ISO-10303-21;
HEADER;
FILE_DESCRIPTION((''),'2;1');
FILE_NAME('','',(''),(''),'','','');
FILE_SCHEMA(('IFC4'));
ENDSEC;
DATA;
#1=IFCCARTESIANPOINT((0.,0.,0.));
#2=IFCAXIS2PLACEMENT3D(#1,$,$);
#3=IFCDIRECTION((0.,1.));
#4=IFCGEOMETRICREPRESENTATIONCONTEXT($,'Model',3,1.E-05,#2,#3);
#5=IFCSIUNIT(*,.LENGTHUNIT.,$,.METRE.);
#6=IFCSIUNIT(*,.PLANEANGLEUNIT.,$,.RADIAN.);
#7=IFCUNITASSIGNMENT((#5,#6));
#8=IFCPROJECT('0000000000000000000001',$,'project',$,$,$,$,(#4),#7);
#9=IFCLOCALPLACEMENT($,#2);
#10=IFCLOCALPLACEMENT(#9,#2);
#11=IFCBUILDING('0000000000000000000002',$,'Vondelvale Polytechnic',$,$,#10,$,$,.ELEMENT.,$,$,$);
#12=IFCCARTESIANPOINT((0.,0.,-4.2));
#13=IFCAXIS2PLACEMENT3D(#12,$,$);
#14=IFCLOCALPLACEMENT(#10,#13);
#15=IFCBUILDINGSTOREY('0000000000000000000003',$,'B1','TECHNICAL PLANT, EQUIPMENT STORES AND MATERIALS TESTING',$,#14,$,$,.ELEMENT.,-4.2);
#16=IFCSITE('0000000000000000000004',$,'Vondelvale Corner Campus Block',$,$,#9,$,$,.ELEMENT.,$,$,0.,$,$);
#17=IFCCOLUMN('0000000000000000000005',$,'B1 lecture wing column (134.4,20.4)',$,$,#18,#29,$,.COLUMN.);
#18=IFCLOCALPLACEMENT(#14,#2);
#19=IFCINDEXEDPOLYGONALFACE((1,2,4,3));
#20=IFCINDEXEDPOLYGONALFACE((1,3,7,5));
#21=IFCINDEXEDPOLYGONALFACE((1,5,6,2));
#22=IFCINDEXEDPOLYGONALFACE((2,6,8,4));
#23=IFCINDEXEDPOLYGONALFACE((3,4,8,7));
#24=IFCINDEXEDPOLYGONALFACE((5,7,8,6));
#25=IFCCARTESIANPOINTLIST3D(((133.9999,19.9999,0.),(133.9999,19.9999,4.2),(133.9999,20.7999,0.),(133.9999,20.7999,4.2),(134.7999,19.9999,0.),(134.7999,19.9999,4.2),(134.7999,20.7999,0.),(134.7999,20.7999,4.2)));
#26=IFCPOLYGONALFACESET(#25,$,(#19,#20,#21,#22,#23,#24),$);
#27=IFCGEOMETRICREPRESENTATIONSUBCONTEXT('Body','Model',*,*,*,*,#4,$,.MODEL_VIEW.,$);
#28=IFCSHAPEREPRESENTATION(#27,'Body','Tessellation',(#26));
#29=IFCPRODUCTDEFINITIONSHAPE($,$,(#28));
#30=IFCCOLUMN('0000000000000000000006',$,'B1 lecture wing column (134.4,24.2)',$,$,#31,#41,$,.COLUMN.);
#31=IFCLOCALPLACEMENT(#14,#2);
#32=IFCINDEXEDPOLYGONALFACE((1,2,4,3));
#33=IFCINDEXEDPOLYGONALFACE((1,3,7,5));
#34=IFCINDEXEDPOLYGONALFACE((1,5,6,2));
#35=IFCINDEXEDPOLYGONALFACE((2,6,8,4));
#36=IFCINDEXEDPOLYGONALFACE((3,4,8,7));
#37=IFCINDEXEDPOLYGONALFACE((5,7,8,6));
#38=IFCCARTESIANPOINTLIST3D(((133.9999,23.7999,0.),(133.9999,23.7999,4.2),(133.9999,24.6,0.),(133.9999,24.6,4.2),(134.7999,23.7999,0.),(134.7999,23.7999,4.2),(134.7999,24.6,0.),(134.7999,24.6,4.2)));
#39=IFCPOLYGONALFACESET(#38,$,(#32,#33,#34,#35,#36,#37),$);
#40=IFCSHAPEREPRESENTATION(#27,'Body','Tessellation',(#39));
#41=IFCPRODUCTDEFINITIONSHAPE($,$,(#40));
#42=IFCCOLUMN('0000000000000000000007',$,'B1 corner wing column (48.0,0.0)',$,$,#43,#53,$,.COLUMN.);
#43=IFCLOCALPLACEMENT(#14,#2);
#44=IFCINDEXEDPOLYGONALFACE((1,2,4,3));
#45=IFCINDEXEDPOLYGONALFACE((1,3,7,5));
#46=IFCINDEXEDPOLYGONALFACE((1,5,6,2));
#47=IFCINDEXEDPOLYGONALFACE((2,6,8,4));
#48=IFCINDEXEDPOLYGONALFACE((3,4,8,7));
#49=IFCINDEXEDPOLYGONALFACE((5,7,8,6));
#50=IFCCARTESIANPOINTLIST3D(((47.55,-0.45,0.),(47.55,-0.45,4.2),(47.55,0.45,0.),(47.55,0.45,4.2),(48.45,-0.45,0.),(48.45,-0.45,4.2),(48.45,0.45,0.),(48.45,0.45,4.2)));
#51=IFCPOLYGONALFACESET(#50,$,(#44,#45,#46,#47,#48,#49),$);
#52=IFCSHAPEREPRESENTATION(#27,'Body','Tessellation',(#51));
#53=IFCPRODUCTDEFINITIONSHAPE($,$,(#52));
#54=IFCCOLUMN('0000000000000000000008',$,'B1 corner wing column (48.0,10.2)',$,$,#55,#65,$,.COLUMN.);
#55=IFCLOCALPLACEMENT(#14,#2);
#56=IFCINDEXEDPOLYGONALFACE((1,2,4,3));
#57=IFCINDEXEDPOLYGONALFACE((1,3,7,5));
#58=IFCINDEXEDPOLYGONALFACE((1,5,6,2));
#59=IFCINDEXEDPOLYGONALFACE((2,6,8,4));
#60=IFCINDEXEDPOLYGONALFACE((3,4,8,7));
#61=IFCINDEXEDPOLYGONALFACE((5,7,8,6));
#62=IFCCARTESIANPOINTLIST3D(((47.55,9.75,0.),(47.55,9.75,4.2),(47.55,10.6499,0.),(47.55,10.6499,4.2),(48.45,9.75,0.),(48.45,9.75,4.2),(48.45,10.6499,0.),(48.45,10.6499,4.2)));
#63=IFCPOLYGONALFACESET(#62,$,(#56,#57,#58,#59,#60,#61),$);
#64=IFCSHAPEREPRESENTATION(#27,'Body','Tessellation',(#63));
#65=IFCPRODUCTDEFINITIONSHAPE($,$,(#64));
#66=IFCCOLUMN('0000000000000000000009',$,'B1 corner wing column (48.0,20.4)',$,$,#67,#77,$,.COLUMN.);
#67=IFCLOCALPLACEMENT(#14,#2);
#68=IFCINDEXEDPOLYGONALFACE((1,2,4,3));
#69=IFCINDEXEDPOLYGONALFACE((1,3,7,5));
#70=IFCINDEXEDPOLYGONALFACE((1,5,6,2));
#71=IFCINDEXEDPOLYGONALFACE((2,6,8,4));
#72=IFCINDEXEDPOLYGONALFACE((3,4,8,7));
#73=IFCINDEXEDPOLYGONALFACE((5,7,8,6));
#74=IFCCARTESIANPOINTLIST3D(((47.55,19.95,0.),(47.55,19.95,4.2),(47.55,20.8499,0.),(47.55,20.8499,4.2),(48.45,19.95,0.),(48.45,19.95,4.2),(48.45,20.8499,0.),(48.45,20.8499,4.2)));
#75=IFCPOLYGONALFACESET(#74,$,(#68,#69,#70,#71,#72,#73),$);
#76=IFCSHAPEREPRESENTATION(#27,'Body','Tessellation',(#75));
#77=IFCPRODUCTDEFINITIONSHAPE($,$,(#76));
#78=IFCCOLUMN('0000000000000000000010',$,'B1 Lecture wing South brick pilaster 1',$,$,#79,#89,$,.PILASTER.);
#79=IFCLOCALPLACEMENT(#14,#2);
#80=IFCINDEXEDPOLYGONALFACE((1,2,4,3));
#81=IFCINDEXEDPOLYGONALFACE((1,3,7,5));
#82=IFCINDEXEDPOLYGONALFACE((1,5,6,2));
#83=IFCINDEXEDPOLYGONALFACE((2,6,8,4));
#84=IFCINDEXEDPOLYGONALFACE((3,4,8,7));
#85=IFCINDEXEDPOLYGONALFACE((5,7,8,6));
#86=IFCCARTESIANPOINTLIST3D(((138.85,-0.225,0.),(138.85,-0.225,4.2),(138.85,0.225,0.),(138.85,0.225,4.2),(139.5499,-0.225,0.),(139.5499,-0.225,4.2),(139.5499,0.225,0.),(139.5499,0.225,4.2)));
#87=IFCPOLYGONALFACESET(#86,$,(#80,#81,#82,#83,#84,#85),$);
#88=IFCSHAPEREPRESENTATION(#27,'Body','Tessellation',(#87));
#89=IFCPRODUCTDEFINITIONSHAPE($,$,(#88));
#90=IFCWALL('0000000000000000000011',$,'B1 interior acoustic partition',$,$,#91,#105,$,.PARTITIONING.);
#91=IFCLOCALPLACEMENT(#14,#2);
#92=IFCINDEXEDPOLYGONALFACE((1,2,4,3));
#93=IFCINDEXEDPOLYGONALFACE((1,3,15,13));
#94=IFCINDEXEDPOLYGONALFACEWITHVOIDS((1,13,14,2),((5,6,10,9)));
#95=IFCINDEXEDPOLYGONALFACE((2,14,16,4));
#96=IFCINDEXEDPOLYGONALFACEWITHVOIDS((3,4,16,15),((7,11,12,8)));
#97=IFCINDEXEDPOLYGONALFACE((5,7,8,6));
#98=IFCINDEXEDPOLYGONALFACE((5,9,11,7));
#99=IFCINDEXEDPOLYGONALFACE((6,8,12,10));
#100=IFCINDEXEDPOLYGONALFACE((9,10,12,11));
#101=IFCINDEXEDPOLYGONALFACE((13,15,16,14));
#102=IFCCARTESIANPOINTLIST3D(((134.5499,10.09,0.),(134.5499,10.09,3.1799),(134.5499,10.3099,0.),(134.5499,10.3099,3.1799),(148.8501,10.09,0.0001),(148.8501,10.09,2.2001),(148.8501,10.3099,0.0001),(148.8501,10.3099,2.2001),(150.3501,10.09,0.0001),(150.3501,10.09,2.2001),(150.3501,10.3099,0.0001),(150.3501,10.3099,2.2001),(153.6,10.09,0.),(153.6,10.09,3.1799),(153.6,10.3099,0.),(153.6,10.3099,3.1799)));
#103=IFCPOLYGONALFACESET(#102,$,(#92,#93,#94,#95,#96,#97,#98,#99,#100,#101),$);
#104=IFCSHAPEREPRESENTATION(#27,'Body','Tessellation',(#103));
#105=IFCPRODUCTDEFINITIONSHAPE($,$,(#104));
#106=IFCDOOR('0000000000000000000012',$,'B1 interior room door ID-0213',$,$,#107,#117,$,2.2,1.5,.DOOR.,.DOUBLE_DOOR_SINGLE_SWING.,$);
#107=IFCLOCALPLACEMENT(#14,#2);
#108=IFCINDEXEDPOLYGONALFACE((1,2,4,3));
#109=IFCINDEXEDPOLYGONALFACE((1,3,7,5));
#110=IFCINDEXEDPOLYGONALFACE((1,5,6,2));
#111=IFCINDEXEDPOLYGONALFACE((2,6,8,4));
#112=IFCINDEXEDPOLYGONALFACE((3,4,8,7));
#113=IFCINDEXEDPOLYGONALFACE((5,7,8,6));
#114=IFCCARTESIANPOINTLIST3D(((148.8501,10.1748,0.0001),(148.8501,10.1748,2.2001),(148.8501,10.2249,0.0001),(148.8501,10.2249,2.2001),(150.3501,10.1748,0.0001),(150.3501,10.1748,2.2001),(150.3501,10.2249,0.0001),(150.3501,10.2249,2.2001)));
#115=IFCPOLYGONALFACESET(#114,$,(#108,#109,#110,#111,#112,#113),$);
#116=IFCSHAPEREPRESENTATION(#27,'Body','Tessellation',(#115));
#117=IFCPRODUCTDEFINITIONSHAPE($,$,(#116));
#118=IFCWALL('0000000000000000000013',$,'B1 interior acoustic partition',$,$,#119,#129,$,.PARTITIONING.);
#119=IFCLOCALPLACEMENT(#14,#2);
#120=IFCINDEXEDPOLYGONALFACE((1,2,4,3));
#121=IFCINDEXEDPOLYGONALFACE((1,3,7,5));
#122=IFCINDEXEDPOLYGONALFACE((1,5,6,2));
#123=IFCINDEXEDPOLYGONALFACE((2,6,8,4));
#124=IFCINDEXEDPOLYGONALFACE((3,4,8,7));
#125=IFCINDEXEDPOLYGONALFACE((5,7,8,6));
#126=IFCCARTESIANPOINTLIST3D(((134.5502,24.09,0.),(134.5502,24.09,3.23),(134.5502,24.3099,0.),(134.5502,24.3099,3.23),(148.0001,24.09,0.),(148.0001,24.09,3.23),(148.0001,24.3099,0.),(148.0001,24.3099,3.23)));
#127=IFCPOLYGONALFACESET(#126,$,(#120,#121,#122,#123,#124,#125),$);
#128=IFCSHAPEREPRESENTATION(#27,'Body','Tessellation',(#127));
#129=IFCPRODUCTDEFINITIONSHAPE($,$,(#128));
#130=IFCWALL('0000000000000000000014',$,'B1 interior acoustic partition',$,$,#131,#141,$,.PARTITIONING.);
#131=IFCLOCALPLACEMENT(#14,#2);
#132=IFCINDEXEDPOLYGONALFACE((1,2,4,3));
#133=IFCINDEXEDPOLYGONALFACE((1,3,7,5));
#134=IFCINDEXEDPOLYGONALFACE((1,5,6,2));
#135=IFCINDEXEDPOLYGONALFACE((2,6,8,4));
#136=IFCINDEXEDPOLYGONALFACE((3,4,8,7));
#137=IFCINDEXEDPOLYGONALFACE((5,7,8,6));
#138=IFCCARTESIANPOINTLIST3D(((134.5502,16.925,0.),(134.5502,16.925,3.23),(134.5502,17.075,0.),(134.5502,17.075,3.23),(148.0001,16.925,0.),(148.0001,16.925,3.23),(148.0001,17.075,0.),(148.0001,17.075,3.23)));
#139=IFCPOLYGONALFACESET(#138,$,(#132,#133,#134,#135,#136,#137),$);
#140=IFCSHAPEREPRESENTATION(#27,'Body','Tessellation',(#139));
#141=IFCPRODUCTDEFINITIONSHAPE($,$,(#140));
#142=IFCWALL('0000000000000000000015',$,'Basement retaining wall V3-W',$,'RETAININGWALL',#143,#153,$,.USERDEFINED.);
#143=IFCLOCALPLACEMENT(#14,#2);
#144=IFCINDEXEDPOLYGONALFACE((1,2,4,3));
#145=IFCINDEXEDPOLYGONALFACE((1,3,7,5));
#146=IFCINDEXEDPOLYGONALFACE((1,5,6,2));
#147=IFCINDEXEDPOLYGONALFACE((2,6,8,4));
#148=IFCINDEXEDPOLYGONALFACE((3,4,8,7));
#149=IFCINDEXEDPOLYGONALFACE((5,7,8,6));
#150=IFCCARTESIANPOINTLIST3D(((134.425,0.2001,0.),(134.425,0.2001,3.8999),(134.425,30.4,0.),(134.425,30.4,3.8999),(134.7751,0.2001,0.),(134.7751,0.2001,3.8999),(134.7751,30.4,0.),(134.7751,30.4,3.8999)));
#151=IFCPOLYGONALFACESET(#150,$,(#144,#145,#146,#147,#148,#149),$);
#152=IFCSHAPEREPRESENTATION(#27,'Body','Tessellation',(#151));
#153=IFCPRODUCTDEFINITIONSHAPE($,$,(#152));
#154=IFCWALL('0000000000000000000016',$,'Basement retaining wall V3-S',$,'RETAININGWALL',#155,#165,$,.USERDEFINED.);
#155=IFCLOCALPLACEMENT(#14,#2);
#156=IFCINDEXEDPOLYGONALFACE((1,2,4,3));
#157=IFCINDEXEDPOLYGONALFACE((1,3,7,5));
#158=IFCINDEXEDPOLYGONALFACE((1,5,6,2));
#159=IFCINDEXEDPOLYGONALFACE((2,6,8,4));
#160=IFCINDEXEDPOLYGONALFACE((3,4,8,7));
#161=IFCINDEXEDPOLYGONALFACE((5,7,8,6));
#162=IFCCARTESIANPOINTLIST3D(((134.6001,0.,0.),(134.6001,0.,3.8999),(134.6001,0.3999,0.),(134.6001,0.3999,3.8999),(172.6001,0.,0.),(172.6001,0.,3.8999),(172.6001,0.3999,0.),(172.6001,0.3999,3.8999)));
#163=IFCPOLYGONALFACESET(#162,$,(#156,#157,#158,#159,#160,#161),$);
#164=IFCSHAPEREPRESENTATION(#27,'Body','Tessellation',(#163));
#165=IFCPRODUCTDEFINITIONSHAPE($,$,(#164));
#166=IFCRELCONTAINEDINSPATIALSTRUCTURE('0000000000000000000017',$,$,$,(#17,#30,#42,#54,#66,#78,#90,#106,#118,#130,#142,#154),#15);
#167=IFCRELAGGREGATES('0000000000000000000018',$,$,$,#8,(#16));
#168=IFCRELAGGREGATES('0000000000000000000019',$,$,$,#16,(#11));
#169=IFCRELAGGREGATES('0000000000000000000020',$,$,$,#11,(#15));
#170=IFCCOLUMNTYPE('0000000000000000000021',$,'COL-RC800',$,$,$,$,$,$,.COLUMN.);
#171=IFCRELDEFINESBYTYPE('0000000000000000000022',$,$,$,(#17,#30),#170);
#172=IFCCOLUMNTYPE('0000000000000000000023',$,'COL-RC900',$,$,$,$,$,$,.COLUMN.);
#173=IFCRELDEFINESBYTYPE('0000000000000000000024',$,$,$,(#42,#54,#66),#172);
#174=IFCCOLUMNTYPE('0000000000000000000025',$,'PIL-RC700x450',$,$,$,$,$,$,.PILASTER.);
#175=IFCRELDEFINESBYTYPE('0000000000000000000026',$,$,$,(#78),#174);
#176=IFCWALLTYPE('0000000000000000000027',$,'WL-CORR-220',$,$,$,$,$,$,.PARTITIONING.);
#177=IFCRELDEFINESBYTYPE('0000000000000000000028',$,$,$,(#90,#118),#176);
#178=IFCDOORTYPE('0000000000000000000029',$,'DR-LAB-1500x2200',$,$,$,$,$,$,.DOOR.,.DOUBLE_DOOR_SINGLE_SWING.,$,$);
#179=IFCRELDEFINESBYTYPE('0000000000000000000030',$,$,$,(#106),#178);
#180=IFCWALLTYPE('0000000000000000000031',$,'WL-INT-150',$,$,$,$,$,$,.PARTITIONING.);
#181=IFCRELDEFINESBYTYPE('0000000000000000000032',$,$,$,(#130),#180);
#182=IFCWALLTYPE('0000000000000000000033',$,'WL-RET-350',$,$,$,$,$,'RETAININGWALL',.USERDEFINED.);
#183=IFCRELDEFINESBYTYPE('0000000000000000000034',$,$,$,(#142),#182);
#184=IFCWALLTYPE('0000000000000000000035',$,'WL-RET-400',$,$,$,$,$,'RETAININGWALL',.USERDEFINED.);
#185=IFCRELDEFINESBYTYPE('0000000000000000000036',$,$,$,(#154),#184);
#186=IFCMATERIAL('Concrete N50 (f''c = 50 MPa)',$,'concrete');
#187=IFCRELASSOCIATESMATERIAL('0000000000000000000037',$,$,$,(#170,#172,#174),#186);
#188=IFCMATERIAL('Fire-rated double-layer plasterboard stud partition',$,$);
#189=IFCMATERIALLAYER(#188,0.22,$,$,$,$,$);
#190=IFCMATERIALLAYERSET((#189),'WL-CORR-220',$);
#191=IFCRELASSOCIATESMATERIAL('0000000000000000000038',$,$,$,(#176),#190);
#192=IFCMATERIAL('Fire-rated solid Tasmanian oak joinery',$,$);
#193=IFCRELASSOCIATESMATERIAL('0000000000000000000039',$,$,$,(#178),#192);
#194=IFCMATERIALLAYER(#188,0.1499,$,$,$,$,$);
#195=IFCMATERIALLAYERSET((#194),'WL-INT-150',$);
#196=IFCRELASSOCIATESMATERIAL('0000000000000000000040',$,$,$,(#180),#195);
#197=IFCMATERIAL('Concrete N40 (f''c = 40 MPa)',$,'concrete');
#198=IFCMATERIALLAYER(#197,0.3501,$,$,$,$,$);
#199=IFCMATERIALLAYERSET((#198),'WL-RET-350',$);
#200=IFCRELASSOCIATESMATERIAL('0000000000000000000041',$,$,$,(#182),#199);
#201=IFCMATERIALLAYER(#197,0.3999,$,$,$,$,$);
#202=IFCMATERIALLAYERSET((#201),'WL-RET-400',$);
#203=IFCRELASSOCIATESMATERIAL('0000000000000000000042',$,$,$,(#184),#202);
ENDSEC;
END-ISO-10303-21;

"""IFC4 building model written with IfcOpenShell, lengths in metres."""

from ifc_helpers import new_model, si_unit, direction, frame, frame_2d, origin, origin_2d, place, context, subcontext, project, spatial, rectangle, extrude, material, layer, layer_set, material_profile, profile_set, type_object, element, fill, save


model = new_model("IFC4")

# Units and contexts
model_context = context("Model", 3, precision=1e-05, world=origin(), true_north=direction((0.0, 1.0)))
body_context = subcontext(model_context, "Body", "Model", "MODEL_VIEW")
ifc_project = project(units=[si_unit("LENGTHUNIT", "METRE"), si_unit("PLANEANGLEUNIT", "RADIAN")], contexts=[model_context])

# Site, building, storey
site_placement = place(None, origin())
site = spatial("IfcSite", under=ifc_project, at=site_placement, Name="Vondelvale Corner Campus Block", CompositionType="ELEMENT", RefElevation=0.0)
building_placement = place(site_placement, origin())
building = spatial("IfcBuilding", under=site, at=building_placement, Name="Vondelvale Polytechnic", CompositionType="ELEMENT")
storey_placement = place(building_placement, frame((0.0, 0.0, -4.2)))
storey = spatial("IfcBuildingStorey", under=building, at=storey_placement, Name="B1", Description="TECHNICAL PLANT, EQUIPMENT STORES AND MATERIALS TESTING", CompositionType="ELEMENT", Elevation=-4.2)

# Shared definitions
ifc_material_1 = material(Name="Concrete N40 (f'c = 40 MPa)", Category="concrete")

# Columns
ifc_material_2 = material(Name="Concrete N50 (f'c = 50 MPa)", Category="concrete")
ifc_material_profile_1 = material_profile(ifc_material_2, rectangle(XDim=0.8, YDim=0.8, at=origin_2d()), Name="RC-COL-800x800")
ifc_profile_set_1 = profile_set([ifc_material_profile_1], Name="Concrete N50 (f'c = 50 MPa)")
column_type_1 = type_object("IfcColumnType", Name="COL-RC800", PredefinedType="COLUMN", material=ifc_profile_set_1)
for number, where, z_axis, x_axis, name in (
    (1, (134.3999, 20.3999, 0.0), (0.0, 0.0, 1.0), (1.0, 0.0, 0.0), "B1 lecture wing column (134.4,20.4)"),
    (2, (134.3999, 24.2, 0.0), (0.0, 0.0, 1.0), (1.0, 0.0, 0.0), "B1 lecture wing column (134.4,24.2)"),
):
    element("IfcColumn", number, at=place(storey_placement, frame(where, z_axis=z_axis, x_axis=x_axis)), inside=storey, type_object=column_type_1, Name=name, PredefinedType="COLUMN", context=body_context, shape_type="SweptSolid", body=[
        extrude(rectangle(XDim=0.8, YDim=0.8, at=origin_2d()), origin(), (0.0, 0.0, 1.0), 4.2),
    ])
ifc_material_profile_2 = material_profile(ifc_material_2, rectangle(XDim=0.8999, YDim=0.8999, at=origin_2d()), Name="RC-COL-900x900")
ifc_profile_set_2 = profile_set([ifc_material_profile_2], Name="Concrete N50 (f'c = 50 MPa)")
column_type_2 = type_object("IfcColumnType", Name="COL-RC900", PredefinedType="COLUMN", material=ifc_profile_set_2)
for number, where, z_axis, x_axis, name in (
    (3, (48.0, 0.0, 0.0), (0.0, 0.0, 1.0), (1.0, 0.0, 0.0), "B1 corner wing column (48.0,0.0)"),
    (4, (48.0, 10.2, 0.0), (0.0, 0.0, 1.0), (1.0, 0.0, 0.0), "B1 corner wing column (48.0,10.2)"),
    (5, (48.0, 20.3999, 0.0), (0.0, 0.0, 1.0), (1.0, 0.0, 0.0), "B1 corner wing column (48.0,20.4)"),
):
    element("IfcColumn", number, at=place(storey_placement, frame(where, z_axis=z_axis, x_axis=x_axis)), inside=storey, type_object=column_type_2, Name=name, PredefinedType="COLUMN", context=body_context, shape_type="SweptSolid", body=[
        extrude(rectangle(XDim=0.8999, YDim=0.8999, at=origin_2d()), origin(), (0.0, 0.0, 1.0), 4.2),
    ])
ifc_material_profile_3 = material_profile(ifc_material_2, rectangle(XDim=0.45, YDim=0.7, at=origin_2d()), Name="RC-PIL-700x450")
ifc_profile_set_3 = profile_set([ifc_material_profile_3], Name="Concrete N50 (f'c = 50 MPa)")
column_type_3 = type_object("IfcColumnType", Name="PIL-RC700x450", PredefinedType="PILASTER", material=ifc_profile_set_3)
column_placement = place(storey_placement, frame((139.2, 0.0, 0.0), z_axis=(0.0, 0.0, 1.0), x_axis=(0.0, 1.0, 0.0)))
element("IfcColumn", 6, at=column_placement, inside=storey, type_object=column_type_3, Name="B1 Lecture wing South brick pilaster 1", PredefinedType="PILASTER", context=body_context, shape_type="SweptSolid", body=[
    extrude(rectangle(XDim=0.45, YDim=0.7, at=origin_2d()), origin(), (0.0, 0.0, 1.0), 4.2),
])

# Wall, opening, door
ifc_material_3 = material(Name="Fire-rated double-layer plasterboard stud partition")
ifc_layer_1 = layer(ifc_material_3, 0.22)
ifc_layer_set_1 = layer_set([ifc_layer_1], Name="WL-CORR-220")
wall_type_1 = type_object("IfcWallType", Name="WL-CORR-220", PredefinedType="PARTITIONING", material=ifc_layer_set_1)
wall_1_placement = place(storey_placement, frame((134.55, 10.2, 0.0), z_axis=(0.0, 0.0, 1.0), x_axis=(1.0, 0.0, 0.0)))
wall_1 = element("IfcWall", 7, at=wall_1_placement, inside=storey, type_object=wall_type_1, Name="B1 interior acoustic partition", PredefinedType="PARTITIONING", context=body_context, shape_type="SweptSolid", body=[
    extrude(rectangle(XDim=19.05, YDim=0.22, at=frame_2d((9.5249, 0.0))), origin(), (0.0, 0.0, 1.0), 3.1799),
])
opening_placement = place(wall_1_placement, frame((14.3, 0.0, 0.0)))
opening = element("IfcOpeningElement", 8, at=opening_placement, cuts=wall_1, PredefinedType="OPENING", context=body_context, shape_type="SweptSolid", body=[
    extrude(rectangle(XDim=1.5, YDim=2.2, at=frame_2d((0.75, 1.1001))), frame((0.0, 0.1199, 0.0), z_axis=(0.0, -1.0, 0.0), x_axis=(1.0, 0.0, 0.0)), (0.0, 0.0, 1.0), 0.24),
])
ifc_material_4 = material(Name="Fire-rated solid Tasmanian oak joinery")
door_type = type_object("IfcDoorType", Name="DR-LAB-1500x2200", OperationType="DOUBLE_DOOR_SINGLE_SWING", PredefinedType="DOOR", material=ifc_material_4)
door_placement = place(opening_placement, origin())
door = element("IfcDoor", 9, at=door_placement, inside=storey, type_object=door_type, Name="B1 interior room door ID-0213", OperationType="DOUBLE_DOOR_SINGLE_SWING", OverallHeight=2.2, OverallWidth=1.5, PredefinedType="DOOR", context=body_context, shape_type="SweptSolid", body=[
    extrude(rectangle(XDim=1.5, YDim=2.2, at=frame_2d((0.75, 1.1001))), frame((0.0, 0.0249, 0.0), z_axis=(0.0, -1.0, 0.0), x_axis=(1.0, 0.0, 0.0)), (0.0, 0.0, 1.0), 0.05),
])
fill(opening, door)

# Walls
wall_2_placement = place(storey_placement, frame((134.55, 24.2, 0.0), z_axis=(0.0, 0.0, 1.0), x_axis=(1.0, 0.0, 0.0)))
element("IfcWall", 10, at=wall_2_placement, inside=storey, type_object=wall_type_1, Name="B1 interior acoustic partition", PredefinedType="PARTITIONING", context=body_context, shape_type="SweptSolid", body=[
    extrude(rectangle(XDim=13.45, YDim=0.22, at=frame_2d((6.7251, 0.0))), origin(), (0.0, 0.0, 1.0), 3.23),
])
ifc_layer_2 = layer(ifc_material_3, 0.1499)
ifc_layer_set_2 = layer_set([ifc_layer_2], Name="WL-INT-150")
wall_type_2 = type_object("IfcWallType", Name="WL-INT-150", PredefinedType="PARTITIONING", material=ifc_layer_set_2)
wall_3_placement = place(storey_placement, frame((134.55, 17.0, 0.0), z_axis=(0.0, 0.0, 1.0), x_axis=(1.0, 0.0, 0.0)))
element("IfcWall", 11, at=wall_3_placement, inside=storey, type_object=wall_type_2, Name="B1 interior acoustic partition", PredefinedType="PARTITIONING", context=body_context, shape_type="SweptSolid", body=[
    extrude(rectangle(XDim=13.45, YDim=0.1499, at=frame_2d((6.7251, 0.0))), origin(), (0.0, 0.0, 1.0), 3.23),
])
ifc_layer_3 = layer(ifc_material_1, 0.3501)
ifc_layer_set_3 = layer_set([ifc_layer_3], Name="WL-RET-350")
wall_type_3 = type_object("IfcWallType", Name="WL-RET-350", ElementType="RETAININGWALL", PredefinedType="USERDEFINED", material=ifc_layer_set_3)
wall_4_placement = place(storey_placement, frame((134.6001, 0.2, 0.0), z_axis=(0.0, 0.0, 1.0), x_axis=(0.0, 1.0, 0.0)))
element("IfcWall", 12, at=wall_4_placement, inside=storey, type_object=wall_type_3, Name="Basement retaining wall V3-W", ObjectType="RETAININGWALL", PredefinedType="USERDEFINED", context=body_context, shape_type="SweptSolid", body=[
    extrude(rectangle(XDim=30.2, YDim=0.3501, at=frame_2d((15.1001, 0.0))), origin(), (0.0, 0.0, 1.0), 3.8999),
])
ifc_layer_4 = layer(ifc_material_1, 0.3999)
ifc_layer_set_4 = layer_set([ifc_layer_4], Name="WL-RET-400")
wall_type_4 = type_object("IfcWallType", Name="WL-RET-400", ElementType="RETAININGWALL", PredefinedType="USERDEFINED", material=ifc_layer_set_4)
wall_5_placement = place(storey_placement, frame((134.6001, 0.2, 0.0), z_axis=(0.0, 0.0, 1.0), x_axis=(1.0, 0.0, 0.0)))
element("IfcWall", 13, at=wall_5_placement, inside=storey, type_object=wall_type_4, Name="Basement retaining wall V3-S", ObjectType="RETAININGWALL", PredefinedType="USERDEFINED", context=body_context, shape_type="SweptSolid", body=[
    extrude(rectangle(XDim=38.0, YDim=0.3999, at=frame_2d((19.0, 0.0))), origin(), (0.0, 0.0, 1.0), 3.8999),
])

save(model, "model.ifc")
